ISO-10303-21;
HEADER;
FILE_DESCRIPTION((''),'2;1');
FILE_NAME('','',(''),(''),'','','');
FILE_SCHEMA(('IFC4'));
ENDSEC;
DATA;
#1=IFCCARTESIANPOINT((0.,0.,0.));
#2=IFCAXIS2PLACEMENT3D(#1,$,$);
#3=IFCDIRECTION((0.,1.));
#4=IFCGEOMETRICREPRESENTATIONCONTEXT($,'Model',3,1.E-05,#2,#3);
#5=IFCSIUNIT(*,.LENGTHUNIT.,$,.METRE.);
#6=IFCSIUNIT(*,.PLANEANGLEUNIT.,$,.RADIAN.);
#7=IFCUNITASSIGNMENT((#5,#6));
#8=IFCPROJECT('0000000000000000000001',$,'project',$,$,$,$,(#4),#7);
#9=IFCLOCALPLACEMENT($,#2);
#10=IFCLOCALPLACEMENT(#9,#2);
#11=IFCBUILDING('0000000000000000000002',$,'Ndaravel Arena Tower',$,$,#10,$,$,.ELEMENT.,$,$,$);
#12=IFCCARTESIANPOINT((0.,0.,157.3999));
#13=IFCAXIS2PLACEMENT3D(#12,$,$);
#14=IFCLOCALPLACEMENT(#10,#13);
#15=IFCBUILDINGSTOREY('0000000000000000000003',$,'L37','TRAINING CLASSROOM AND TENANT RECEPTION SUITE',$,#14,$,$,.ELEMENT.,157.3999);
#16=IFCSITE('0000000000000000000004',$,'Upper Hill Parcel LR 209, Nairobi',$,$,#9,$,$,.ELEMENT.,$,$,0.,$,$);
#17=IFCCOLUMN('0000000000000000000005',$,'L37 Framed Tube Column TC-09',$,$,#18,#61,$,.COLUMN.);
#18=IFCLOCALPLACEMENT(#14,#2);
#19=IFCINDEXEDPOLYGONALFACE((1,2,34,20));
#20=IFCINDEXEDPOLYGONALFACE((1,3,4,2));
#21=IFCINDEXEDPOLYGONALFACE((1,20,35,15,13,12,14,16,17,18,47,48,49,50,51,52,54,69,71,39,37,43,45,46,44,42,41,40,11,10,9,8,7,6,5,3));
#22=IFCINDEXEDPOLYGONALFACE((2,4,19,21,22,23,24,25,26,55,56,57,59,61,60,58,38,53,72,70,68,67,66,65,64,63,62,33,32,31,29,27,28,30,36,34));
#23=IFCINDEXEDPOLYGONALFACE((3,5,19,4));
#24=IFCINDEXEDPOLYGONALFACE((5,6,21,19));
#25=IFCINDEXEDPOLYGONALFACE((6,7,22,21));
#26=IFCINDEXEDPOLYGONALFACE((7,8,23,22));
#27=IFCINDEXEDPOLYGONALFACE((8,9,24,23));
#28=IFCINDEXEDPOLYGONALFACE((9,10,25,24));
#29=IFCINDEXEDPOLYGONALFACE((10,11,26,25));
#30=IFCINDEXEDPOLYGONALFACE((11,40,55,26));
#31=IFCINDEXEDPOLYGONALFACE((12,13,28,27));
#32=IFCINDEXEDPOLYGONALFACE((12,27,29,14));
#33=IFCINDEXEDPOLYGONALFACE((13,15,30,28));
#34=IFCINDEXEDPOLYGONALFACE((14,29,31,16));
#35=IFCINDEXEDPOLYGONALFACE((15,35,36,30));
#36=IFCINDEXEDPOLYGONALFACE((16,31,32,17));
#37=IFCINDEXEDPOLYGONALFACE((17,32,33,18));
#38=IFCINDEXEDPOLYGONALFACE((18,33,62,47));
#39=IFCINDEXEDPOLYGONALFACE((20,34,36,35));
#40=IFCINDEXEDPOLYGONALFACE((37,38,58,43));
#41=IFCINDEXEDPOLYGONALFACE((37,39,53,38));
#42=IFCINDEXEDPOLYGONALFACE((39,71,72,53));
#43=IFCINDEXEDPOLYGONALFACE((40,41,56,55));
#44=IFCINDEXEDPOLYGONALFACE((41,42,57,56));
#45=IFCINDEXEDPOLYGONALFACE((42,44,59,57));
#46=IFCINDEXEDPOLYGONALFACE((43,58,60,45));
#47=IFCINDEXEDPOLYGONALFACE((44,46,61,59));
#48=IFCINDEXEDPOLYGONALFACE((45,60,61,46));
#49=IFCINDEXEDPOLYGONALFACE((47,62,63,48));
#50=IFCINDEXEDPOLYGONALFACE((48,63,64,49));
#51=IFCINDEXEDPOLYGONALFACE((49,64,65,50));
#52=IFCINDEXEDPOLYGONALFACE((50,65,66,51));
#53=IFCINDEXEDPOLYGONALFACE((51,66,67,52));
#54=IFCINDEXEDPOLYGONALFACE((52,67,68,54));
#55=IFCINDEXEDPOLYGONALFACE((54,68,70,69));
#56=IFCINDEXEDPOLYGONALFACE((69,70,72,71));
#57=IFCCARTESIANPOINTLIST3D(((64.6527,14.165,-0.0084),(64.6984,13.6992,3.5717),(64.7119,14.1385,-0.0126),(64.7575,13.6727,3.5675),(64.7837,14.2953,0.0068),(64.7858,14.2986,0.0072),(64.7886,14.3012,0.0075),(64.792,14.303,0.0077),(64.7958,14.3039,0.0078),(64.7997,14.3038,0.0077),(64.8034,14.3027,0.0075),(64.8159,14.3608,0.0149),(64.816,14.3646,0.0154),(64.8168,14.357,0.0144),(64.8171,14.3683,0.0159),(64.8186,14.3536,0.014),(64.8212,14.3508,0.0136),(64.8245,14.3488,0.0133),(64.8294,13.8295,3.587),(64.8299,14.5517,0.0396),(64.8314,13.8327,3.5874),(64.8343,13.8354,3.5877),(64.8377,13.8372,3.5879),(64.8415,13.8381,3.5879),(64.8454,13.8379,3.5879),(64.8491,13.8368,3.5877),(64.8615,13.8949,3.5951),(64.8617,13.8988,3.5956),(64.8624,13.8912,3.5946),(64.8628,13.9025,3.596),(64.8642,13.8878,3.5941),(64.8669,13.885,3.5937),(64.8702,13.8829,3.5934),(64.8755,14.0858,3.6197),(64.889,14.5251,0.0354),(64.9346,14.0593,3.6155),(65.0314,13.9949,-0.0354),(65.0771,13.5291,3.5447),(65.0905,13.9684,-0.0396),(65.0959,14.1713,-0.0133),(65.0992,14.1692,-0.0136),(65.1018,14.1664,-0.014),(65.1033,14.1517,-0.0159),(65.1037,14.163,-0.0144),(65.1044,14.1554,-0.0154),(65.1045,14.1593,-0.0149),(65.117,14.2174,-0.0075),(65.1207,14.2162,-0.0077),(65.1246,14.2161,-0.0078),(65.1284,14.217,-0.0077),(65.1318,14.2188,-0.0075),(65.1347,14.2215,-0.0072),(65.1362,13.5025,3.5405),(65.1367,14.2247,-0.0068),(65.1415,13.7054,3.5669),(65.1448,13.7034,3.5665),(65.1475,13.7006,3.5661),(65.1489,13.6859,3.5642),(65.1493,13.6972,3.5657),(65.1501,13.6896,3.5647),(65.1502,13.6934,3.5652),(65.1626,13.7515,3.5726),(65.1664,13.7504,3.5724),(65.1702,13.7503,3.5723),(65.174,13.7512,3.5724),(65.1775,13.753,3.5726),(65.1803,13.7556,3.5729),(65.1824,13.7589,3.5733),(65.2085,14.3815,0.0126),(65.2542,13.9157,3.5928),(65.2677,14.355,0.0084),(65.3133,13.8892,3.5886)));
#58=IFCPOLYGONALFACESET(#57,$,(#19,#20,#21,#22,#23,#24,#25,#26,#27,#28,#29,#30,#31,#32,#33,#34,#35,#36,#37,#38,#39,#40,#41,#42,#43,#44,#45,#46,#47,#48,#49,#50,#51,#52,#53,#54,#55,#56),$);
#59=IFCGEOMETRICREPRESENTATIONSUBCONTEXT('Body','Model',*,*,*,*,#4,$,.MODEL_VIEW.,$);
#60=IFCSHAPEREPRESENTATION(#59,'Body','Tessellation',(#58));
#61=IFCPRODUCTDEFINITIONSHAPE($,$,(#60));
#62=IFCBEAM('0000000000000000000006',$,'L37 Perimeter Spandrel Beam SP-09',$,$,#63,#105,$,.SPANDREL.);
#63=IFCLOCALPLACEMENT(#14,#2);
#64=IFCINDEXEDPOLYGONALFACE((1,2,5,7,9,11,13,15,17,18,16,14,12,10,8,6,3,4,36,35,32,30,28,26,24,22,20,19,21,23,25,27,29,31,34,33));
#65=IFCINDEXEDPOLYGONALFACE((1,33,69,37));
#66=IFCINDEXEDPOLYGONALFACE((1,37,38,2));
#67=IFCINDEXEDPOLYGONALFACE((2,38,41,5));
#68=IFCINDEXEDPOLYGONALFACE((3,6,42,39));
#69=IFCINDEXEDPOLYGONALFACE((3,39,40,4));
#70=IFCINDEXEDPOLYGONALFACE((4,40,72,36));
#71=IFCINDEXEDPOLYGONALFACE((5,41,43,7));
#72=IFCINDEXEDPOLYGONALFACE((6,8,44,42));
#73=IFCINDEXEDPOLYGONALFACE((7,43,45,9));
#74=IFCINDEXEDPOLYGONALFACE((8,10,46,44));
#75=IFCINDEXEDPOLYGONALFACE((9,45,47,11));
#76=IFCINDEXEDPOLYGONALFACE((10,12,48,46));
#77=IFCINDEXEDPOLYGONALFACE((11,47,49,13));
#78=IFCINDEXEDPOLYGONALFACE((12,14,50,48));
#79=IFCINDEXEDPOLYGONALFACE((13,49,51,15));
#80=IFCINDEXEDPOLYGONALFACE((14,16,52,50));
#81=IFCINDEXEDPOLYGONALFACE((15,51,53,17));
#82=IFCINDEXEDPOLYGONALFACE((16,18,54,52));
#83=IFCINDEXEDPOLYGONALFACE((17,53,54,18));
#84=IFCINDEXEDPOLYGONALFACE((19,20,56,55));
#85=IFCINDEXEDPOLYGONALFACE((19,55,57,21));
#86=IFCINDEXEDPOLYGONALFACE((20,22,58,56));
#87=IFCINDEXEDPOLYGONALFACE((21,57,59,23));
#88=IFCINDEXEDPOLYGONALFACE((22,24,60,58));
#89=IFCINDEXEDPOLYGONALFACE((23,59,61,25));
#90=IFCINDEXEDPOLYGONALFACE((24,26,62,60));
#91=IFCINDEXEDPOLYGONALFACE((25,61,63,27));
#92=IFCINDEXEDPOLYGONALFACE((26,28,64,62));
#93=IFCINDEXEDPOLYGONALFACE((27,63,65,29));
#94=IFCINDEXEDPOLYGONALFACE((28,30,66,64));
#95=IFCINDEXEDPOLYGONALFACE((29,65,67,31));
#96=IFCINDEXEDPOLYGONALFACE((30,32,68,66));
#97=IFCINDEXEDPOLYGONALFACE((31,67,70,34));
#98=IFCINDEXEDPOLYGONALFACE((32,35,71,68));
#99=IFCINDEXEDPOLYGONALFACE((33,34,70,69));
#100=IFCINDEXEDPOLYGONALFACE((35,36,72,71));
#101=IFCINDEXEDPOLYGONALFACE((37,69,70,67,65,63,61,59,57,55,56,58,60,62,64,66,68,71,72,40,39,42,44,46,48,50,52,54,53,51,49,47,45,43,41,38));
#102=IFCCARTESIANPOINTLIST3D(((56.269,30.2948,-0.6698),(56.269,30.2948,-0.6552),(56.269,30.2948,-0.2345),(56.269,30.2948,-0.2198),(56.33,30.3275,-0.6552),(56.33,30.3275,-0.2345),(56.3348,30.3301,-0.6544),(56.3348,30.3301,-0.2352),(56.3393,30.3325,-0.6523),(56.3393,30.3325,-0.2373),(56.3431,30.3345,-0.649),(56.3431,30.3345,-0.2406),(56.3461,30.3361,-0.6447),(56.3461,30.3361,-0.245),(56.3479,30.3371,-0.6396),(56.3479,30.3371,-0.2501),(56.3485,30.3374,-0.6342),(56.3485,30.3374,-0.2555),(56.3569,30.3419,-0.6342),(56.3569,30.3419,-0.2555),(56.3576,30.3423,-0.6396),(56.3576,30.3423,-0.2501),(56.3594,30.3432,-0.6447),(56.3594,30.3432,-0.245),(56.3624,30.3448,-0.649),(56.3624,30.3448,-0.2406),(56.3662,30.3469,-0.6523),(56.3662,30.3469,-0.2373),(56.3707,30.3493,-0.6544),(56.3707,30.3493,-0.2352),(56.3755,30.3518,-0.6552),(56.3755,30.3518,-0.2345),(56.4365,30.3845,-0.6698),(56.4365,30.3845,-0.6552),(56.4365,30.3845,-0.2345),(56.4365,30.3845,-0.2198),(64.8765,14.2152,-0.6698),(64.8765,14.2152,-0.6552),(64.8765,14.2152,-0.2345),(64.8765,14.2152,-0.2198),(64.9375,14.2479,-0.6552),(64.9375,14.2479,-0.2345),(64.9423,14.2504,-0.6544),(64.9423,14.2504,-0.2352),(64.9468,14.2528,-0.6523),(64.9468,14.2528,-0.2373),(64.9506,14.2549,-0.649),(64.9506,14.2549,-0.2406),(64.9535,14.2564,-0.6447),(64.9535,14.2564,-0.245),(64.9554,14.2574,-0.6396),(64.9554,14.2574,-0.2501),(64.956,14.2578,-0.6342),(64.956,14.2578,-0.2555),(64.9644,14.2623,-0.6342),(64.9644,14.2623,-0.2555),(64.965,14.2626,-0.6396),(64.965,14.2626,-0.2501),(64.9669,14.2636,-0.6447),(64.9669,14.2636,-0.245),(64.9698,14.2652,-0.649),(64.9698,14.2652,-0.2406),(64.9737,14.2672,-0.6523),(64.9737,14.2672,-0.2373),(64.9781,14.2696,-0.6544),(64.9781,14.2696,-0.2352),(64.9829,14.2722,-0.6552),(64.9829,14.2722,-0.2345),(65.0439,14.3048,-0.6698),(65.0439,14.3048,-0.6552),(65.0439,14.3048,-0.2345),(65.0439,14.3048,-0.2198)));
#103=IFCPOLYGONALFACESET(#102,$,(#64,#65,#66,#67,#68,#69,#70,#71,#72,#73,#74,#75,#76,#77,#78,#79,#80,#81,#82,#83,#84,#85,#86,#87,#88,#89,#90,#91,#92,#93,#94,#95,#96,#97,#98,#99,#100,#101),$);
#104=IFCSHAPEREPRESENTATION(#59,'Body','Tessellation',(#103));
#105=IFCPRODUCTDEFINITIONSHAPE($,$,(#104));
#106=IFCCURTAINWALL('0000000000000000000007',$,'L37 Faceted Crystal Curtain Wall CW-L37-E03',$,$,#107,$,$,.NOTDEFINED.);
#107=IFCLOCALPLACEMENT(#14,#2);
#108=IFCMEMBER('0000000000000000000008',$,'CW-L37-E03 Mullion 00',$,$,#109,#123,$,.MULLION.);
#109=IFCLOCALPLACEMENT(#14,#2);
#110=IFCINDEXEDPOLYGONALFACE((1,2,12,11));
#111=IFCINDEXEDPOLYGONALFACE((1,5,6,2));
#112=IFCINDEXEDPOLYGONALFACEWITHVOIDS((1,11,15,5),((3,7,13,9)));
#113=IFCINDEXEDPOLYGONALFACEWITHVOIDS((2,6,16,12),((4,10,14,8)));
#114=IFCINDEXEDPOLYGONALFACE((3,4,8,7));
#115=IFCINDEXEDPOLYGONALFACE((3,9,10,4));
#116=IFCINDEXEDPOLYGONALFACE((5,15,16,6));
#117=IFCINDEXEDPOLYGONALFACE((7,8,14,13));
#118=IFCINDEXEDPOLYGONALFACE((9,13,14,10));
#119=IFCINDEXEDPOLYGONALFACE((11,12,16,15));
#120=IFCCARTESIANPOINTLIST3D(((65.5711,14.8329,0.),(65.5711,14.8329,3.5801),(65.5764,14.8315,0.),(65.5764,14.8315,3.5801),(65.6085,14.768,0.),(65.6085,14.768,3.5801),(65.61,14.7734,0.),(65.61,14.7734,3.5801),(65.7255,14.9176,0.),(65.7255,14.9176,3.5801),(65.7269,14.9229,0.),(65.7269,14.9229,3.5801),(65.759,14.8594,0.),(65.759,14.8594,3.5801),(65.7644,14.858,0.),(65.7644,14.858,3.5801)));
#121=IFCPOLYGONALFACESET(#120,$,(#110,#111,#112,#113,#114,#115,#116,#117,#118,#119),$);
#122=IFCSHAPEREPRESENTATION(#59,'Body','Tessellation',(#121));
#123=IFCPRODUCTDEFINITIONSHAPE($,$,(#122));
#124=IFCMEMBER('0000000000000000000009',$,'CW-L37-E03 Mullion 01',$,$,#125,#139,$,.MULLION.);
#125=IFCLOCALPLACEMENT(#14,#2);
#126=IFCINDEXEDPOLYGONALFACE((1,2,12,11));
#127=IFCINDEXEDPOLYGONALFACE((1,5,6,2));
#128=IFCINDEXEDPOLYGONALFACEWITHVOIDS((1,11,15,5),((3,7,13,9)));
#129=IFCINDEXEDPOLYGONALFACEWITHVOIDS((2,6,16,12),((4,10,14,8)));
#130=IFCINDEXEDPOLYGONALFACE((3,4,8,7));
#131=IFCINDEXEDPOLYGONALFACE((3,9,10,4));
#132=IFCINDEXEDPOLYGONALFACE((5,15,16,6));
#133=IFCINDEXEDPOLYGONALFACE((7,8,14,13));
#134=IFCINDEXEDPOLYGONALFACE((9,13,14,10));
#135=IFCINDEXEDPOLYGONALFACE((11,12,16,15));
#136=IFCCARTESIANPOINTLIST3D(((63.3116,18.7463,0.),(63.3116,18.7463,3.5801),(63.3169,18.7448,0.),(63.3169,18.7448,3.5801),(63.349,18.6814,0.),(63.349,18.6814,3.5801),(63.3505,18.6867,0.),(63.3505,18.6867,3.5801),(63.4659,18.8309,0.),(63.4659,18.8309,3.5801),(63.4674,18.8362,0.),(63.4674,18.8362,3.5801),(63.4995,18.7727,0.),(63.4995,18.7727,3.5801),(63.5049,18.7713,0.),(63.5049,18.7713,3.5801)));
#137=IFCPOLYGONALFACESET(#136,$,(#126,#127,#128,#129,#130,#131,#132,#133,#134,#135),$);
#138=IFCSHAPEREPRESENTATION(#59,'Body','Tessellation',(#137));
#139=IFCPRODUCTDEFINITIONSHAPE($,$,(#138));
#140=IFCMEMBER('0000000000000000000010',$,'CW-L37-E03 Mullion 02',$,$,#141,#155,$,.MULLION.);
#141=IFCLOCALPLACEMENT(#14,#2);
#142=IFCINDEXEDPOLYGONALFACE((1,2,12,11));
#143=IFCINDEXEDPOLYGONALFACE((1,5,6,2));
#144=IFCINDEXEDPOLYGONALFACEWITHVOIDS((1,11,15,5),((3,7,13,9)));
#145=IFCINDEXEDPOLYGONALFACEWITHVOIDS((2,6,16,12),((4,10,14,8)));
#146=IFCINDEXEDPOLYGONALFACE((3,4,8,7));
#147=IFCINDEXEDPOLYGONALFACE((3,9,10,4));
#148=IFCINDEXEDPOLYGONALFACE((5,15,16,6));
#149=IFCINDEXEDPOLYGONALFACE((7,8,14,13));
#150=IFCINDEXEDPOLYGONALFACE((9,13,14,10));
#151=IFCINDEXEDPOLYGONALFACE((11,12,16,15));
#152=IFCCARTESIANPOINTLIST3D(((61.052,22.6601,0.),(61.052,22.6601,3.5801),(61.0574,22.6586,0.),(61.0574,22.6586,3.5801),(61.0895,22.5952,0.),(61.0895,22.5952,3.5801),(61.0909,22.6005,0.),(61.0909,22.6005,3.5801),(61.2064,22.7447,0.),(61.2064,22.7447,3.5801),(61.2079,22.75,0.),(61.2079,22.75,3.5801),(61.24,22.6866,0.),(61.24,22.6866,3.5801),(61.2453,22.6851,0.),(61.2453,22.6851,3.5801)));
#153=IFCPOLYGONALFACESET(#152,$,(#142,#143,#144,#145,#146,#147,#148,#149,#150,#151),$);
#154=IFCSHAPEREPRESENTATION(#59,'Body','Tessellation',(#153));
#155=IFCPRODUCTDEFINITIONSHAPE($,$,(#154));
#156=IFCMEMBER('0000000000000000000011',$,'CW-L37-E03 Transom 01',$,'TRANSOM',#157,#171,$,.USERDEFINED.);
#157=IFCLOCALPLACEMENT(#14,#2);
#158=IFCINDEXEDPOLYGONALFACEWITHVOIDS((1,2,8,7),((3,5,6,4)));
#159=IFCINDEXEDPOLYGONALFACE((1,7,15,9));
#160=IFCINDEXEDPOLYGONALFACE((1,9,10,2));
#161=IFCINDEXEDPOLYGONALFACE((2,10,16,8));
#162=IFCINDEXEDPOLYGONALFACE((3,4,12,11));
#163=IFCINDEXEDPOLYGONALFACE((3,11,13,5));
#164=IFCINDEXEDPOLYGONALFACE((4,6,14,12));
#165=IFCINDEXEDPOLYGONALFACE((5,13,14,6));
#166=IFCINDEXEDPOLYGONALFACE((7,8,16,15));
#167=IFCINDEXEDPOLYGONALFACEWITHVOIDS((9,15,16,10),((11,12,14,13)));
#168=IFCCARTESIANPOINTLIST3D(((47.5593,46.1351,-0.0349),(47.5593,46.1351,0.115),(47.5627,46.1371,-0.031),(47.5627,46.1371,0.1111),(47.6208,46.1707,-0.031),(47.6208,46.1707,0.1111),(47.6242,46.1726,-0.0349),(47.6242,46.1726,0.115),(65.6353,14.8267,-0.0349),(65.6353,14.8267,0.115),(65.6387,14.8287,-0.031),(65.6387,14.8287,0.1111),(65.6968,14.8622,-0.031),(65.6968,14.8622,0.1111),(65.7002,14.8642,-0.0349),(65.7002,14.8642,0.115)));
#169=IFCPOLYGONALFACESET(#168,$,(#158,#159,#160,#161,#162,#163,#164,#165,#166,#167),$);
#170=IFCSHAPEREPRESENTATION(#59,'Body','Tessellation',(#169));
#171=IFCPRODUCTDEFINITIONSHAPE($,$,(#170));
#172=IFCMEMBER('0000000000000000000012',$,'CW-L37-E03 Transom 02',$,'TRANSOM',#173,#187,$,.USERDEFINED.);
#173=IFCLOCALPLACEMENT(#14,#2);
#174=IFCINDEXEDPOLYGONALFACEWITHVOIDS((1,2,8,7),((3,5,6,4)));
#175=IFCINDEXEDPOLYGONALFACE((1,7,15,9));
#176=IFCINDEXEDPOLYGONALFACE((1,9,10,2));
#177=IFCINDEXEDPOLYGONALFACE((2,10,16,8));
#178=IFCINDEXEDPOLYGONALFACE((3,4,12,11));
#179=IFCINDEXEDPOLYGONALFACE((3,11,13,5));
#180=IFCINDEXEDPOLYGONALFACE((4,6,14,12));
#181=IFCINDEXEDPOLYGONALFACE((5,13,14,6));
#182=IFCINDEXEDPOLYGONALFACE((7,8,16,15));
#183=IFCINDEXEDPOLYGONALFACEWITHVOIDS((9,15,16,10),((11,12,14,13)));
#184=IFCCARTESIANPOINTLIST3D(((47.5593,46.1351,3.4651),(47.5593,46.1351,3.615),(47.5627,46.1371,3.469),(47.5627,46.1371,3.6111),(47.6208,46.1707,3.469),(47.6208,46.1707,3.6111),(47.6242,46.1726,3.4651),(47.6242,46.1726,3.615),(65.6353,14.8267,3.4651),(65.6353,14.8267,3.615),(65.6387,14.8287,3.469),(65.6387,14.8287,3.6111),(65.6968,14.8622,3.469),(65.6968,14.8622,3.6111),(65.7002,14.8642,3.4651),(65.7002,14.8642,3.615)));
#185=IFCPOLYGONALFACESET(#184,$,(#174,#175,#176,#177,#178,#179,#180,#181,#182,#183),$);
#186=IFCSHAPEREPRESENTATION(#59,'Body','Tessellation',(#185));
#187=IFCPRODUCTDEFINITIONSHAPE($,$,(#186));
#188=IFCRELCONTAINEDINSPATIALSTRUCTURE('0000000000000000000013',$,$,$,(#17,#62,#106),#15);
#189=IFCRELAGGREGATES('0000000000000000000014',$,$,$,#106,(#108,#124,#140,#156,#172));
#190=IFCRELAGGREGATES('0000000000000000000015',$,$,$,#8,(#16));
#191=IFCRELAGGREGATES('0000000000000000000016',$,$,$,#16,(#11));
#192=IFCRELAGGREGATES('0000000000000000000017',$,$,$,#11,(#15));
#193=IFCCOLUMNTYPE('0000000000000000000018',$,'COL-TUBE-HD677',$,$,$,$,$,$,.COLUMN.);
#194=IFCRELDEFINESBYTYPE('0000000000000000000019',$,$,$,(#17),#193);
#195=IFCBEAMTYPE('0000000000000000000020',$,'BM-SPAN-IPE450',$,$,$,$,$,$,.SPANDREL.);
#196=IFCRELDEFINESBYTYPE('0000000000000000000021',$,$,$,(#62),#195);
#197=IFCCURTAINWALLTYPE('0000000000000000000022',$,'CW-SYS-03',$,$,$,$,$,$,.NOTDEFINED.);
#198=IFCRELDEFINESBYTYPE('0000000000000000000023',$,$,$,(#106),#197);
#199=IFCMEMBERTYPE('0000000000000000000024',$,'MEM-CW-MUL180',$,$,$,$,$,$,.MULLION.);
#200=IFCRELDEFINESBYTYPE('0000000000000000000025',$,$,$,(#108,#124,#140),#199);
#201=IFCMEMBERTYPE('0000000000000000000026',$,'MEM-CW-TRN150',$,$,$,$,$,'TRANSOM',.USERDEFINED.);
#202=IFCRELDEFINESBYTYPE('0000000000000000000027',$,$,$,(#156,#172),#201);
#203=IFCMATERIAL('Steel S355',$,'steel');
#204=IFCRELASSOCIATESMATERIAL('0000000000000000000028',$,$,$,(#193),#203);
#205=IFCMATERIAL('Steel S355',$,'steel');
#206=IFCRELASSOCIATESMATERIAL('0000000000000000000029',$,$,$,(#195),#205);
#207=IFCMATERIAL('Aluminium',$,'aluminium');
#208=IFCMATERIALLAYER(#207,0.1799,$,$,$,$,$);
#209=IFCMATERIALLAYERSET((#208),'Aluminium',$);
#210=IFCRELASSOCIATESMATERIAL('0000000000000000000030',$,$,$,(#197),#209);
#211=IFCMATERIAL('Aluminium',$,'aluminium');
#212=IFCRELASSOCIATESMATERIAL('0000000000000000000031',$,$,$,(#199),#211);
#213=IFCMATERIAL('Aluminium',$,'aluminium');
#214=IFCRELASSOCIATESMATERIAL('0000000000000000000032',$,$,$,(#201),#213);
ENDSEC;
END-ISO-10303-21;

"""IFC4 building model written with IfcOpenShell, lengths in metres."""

from ifc_helpers import new_model, si_unit, direction, frame, origin, origin_2d, place, context, subcontext, project, spatial, hollow_rectangle, i_section, extrude, material, layer, layer_set, material_profile, profile_set, type_object, element, aggregate, save


model = new_model("IFC4")

# Units and contexts
model_context = context("Model", 3, precision=1e-05, world=origin(), true_north=direction((0.0, 1.0)))
body_context = subcontext(model_context, "Body", "Model", "MODEL_VIEW")
ifc_project = project(units=[si_unit("LENGTHUNIT", "METRE"), si_unit("PLANEANGLEUNIT", "RADIAN")], contexts=[model_context])

# Site, building, storey
site_placement = place(None, origin())
site = spatial("IfcSite", under=ifc_project, at=site_placement, Name="Upper Hill Parcel LR 209, Nairobi", CompositionType="ELEMENT", RefElevation=0.0)
building_placement = place(site_placement, origin())
building = spatial("IfcBuilding", under=site, at=building_placement, Name="Ndaravel Arena Tower", CompositionType="ELEMENT")
storey_placement = place(building_placement, frame((0.0, 0.0, 157.3999)))
storey = spatial("IfcBuildingStorey", under=building, at=storey_placement, Name="L37", Description="TRAINING CLASSROOM AND TENANT RECEPTION SUITE", CompositionType="ELEMENT", Elevation=157.3999)

# Column
ifc_material_1 = material(Name="Steel S355", Category="steel")
ifc_material_profile_1 = material_profile(ifc_material_1, i_section(OverallWidth=0.428, OverallDepth=0.481, WebThickness=0.051, FlangeThickness=0.0649, FilletRadius=0.0149, at=origin_2d()), Name="HD 400x677")
ifc_profile_set_1 = profile_set([ifc_material_profile_1], Name="Steel S355")
column_type = type_object("IfcColumnType", Name="COL-TUBE-HD677", PredefinedType="COLUMN", material=ifc_profile_set_1)
column_placement = place(storey_placement, frame((64.9602, 14.26, 0.0), z_axis=(0.012645, -0.129017, 0.991562), x_axis=(0.413856, 0.903393, 0.112267)))
element("IfcColumn", 1, at=column_placement, inside=storey, type_object=column_type, Name="L37 Framed Tube Column TC-09", PredefinedType="COLUMN", context=body_context, shape_type="SweptSolid", body=[
    extrude(i_section(OverallWidth=0.428, OverallDepth=0.481, WebThickness=0.051, FlangeThickness=0.0649, FilletRadius=0.0149, at=origin_2d()), origin(), (0.0, 0.0, 1.0), 3.6106),
])

# Beam
ifc_material_2 = material(Name="Steel S355", Category="steel")
ifc_material_profile_2 = material_profile(ifc_material_2, i_section(OverallWidth=0.1899, OverallDepth=0.45, WebThickness=0.0095, FlangeThickness=0.0146, FilletRadius=0.021, at=origin_2d()), Name="IPE 450")
ifc_profile_set_2 = profile_set([ifc_material_profile_2], Name="Steel S355")
beam_type = type_object("IfcBeamType", Name="BM-SPAN-IPE450", PredefinedType="SPANDREL", material=ifc_profile_set_2)
beam_placement = place(storey_placement, frame((64.9602, 14.26, -0.4448), z_axis=(-0.471938, 0.881632, 0.0), x_axis=(-0.881632, -0.471938, 0.0)))
element("IfcBeam", 2, at=beam_placement, inside=storey, type_object=beam_type, Name="L37 Perimeter Spandrel Beam SP-09", PredefinedType="SPANDREL", context=body_context, shape_type="SweptSolid", body=[
    extrude(i_section(OverallWidth=0.1899, OverallDepth=0.45, WebThickness=0.0095, FlangeThickness=0.0146, FilletRadius=0.021, at=origin_2d()), origin(), (0.0, 0.0, 1.0), 18.2385),
])

# Curtain wall, members
ifc_material_3 = material(Name="Aluminium", Category="aluminium")
ifc_layer_1 = layer(ifc_material_3, 0.1799)
ifc_layer_set_1 = layer_set([ifc_layer_1], Name="Aluminium")
curtain_wall_type = type_object("IfcCurtainWallType", Name="CW-SYS-03", PredefinedType="NOTDEFINED", material=ifc_layer_set_1)
curtain_wall_placement = place(storey_placement, origin())
curtain_wall = element("IfcCurtainWall", 3, at=curtain_wall_placement, inside=storey, type_object=curtain_wall_type, Name="L37 Faceted Crystal Curtain Wall CW-L37-E03", PredefinedType="NOTDEFINED")
ifc_material_4 = material(Name="Aluminium", Category="aluminium")
ifc_material_profile_3 = material_profile(ifc_material_4, hollow_rectangle(XDim=0.075, YDim=0.1799, WallThickness=0.0039, at=origin_2d()), Name="CW MULLION 75x180x4")
ifc_profile_set_3 = profile_set([ifc_material_profile_3], Name="Aluminium")
member_type_1 = type_object("IfcMemberType", Name="MEM-CW-MUL180", PredefinedType="MULLION", material=ifc_profile_set_3)
member_1_placement = place(storey_placement, frame((65.6677, 14.8455, 0.0), z_axis=(0.0, 0.0, 1.0), x_axis=(-0.5, 0.866025, 0.0)))
member_1 = element("IfcMember", 4, at=member_1_placement, type_object=member_type_1, Name="CW-L37-E03 Mullion 00", PredefinedType="MULLION", context=body_context, shape_type="SweptSolid", body=[
    extrude(hollow_rectangle(XDim=0.075, YDim=0.1799, WallThickness=0.0039, at=origin_2d()), origin(), (0.0, 0.0, 1.0), 3.5801),
])
member_2_placement = place(storey_placement, frame((63.4082, 18.7588, 0.0), z_axis=(0.0, 0.0, 1.0), x_axis=(-0.5, 0.866025, 0.0)))
member_2 = element("IfcMember", 5, at=member_2_placement, type_object=member_type_1, Name="CW-L37-E03 Mullion 01", PredefinedType="MULLION", context=body_context, shape_type="SweptSolid", body=[
    extrude(hollow_rectangle(XDim=0.075, YDim=0.1799, WallThickness=0.0039, at=origin_2d()), origin(), (0.0, 0.0, 1.0), 3.5801),
])
member_3_placement = place(storey_placement, frame((61.1487, 22.6726, 0.0), z_axis=(0.0, 0.0, 1.0), x_axis=(-0.5, 0.866025, 0.0)))
member_3 = element("IfcMember", 6, at=member_3_placement, type_object=member_type_1, Name="CW-L37-E03 Mullion 02", PredefinedType="MULLION", context=body_context, shape_type="SweptSolid", body=[
    extrude(hollow_rectangle(XDim=0.075, YDim=0.1799, WallThickness=0.0039, at=origin_2d()), origin(), (0.0, 0.0, 1.0), 3.5801),
])
ifc_material_5 = material(Name="Aluminium", Category="aluminium")
ifc_material_profile_4 = material_profile(ifc_material_5, hollow_rectangle(XDim=0.075, YDim=0.1499, WallThickness=0.0039, at=origin_2d()), Name="CW TRANSOM 75x150x4")
ifc_profile_set_4 = profile_set([ifc_material_profile_4], Name="Aluminium")
member_type_2 = type_object("IfcMemberType", Name="MEM-CW-TRN150", ElementType="TRANSOM", PredefinedType="USERDEFINED", material=ifc_profile_set_4)
member_4_placement = place(storey_placement, frame((65.6677, 14.8455, 0.04), z_axis=(-0.500001, 0.866025, 0.0), x_axis=(-0.866025, -0.500001, 0.0)))
member_4 = element("IfcMember", 7, at=member_4_placement, type_object=member_type_2, Name="CW-L37-E03 Transom 01", ObjectType="TRANSOM", PredefinedType="USERDEFINED", context=body_context, shape_type="SweptSolid", body=[
    extrude(hollow_rectangle(XDim=0.075, YDim=0.1499, WallThickness=0.0039, at=origin_2d()), origin(), (0.0, 0.0, 1.0), 36.1519),
])
member_5_placement = place(storey_placement, frame((65.6677, 14.8455, 3.54), z_axis=(-0.500001, 0.866025, 0.0), x_axis=(-0.866025, -0.500001, 0.0)))
member_5 = element("IfcMember", 8, at=member_5_placement, type_object=member_type_2, Name="CW-L37-E03 Transom 02", ObjectType="TRANSOM", PredefinedType="USERDEFINED", context=body_context, shape_type="SweptSolid", body=[
    extrude(hollow_rectangle(XDim=0.075, YDim=0.1499, WallThickness=0.0039, at=origin_2d()), origin(), (0.0, 0.0, 1.0), 36.1519),
])
aggregate(curtain_wall, [member_1, member_2, member_3, member_4, member_5])

save(model, "model.ifc")
